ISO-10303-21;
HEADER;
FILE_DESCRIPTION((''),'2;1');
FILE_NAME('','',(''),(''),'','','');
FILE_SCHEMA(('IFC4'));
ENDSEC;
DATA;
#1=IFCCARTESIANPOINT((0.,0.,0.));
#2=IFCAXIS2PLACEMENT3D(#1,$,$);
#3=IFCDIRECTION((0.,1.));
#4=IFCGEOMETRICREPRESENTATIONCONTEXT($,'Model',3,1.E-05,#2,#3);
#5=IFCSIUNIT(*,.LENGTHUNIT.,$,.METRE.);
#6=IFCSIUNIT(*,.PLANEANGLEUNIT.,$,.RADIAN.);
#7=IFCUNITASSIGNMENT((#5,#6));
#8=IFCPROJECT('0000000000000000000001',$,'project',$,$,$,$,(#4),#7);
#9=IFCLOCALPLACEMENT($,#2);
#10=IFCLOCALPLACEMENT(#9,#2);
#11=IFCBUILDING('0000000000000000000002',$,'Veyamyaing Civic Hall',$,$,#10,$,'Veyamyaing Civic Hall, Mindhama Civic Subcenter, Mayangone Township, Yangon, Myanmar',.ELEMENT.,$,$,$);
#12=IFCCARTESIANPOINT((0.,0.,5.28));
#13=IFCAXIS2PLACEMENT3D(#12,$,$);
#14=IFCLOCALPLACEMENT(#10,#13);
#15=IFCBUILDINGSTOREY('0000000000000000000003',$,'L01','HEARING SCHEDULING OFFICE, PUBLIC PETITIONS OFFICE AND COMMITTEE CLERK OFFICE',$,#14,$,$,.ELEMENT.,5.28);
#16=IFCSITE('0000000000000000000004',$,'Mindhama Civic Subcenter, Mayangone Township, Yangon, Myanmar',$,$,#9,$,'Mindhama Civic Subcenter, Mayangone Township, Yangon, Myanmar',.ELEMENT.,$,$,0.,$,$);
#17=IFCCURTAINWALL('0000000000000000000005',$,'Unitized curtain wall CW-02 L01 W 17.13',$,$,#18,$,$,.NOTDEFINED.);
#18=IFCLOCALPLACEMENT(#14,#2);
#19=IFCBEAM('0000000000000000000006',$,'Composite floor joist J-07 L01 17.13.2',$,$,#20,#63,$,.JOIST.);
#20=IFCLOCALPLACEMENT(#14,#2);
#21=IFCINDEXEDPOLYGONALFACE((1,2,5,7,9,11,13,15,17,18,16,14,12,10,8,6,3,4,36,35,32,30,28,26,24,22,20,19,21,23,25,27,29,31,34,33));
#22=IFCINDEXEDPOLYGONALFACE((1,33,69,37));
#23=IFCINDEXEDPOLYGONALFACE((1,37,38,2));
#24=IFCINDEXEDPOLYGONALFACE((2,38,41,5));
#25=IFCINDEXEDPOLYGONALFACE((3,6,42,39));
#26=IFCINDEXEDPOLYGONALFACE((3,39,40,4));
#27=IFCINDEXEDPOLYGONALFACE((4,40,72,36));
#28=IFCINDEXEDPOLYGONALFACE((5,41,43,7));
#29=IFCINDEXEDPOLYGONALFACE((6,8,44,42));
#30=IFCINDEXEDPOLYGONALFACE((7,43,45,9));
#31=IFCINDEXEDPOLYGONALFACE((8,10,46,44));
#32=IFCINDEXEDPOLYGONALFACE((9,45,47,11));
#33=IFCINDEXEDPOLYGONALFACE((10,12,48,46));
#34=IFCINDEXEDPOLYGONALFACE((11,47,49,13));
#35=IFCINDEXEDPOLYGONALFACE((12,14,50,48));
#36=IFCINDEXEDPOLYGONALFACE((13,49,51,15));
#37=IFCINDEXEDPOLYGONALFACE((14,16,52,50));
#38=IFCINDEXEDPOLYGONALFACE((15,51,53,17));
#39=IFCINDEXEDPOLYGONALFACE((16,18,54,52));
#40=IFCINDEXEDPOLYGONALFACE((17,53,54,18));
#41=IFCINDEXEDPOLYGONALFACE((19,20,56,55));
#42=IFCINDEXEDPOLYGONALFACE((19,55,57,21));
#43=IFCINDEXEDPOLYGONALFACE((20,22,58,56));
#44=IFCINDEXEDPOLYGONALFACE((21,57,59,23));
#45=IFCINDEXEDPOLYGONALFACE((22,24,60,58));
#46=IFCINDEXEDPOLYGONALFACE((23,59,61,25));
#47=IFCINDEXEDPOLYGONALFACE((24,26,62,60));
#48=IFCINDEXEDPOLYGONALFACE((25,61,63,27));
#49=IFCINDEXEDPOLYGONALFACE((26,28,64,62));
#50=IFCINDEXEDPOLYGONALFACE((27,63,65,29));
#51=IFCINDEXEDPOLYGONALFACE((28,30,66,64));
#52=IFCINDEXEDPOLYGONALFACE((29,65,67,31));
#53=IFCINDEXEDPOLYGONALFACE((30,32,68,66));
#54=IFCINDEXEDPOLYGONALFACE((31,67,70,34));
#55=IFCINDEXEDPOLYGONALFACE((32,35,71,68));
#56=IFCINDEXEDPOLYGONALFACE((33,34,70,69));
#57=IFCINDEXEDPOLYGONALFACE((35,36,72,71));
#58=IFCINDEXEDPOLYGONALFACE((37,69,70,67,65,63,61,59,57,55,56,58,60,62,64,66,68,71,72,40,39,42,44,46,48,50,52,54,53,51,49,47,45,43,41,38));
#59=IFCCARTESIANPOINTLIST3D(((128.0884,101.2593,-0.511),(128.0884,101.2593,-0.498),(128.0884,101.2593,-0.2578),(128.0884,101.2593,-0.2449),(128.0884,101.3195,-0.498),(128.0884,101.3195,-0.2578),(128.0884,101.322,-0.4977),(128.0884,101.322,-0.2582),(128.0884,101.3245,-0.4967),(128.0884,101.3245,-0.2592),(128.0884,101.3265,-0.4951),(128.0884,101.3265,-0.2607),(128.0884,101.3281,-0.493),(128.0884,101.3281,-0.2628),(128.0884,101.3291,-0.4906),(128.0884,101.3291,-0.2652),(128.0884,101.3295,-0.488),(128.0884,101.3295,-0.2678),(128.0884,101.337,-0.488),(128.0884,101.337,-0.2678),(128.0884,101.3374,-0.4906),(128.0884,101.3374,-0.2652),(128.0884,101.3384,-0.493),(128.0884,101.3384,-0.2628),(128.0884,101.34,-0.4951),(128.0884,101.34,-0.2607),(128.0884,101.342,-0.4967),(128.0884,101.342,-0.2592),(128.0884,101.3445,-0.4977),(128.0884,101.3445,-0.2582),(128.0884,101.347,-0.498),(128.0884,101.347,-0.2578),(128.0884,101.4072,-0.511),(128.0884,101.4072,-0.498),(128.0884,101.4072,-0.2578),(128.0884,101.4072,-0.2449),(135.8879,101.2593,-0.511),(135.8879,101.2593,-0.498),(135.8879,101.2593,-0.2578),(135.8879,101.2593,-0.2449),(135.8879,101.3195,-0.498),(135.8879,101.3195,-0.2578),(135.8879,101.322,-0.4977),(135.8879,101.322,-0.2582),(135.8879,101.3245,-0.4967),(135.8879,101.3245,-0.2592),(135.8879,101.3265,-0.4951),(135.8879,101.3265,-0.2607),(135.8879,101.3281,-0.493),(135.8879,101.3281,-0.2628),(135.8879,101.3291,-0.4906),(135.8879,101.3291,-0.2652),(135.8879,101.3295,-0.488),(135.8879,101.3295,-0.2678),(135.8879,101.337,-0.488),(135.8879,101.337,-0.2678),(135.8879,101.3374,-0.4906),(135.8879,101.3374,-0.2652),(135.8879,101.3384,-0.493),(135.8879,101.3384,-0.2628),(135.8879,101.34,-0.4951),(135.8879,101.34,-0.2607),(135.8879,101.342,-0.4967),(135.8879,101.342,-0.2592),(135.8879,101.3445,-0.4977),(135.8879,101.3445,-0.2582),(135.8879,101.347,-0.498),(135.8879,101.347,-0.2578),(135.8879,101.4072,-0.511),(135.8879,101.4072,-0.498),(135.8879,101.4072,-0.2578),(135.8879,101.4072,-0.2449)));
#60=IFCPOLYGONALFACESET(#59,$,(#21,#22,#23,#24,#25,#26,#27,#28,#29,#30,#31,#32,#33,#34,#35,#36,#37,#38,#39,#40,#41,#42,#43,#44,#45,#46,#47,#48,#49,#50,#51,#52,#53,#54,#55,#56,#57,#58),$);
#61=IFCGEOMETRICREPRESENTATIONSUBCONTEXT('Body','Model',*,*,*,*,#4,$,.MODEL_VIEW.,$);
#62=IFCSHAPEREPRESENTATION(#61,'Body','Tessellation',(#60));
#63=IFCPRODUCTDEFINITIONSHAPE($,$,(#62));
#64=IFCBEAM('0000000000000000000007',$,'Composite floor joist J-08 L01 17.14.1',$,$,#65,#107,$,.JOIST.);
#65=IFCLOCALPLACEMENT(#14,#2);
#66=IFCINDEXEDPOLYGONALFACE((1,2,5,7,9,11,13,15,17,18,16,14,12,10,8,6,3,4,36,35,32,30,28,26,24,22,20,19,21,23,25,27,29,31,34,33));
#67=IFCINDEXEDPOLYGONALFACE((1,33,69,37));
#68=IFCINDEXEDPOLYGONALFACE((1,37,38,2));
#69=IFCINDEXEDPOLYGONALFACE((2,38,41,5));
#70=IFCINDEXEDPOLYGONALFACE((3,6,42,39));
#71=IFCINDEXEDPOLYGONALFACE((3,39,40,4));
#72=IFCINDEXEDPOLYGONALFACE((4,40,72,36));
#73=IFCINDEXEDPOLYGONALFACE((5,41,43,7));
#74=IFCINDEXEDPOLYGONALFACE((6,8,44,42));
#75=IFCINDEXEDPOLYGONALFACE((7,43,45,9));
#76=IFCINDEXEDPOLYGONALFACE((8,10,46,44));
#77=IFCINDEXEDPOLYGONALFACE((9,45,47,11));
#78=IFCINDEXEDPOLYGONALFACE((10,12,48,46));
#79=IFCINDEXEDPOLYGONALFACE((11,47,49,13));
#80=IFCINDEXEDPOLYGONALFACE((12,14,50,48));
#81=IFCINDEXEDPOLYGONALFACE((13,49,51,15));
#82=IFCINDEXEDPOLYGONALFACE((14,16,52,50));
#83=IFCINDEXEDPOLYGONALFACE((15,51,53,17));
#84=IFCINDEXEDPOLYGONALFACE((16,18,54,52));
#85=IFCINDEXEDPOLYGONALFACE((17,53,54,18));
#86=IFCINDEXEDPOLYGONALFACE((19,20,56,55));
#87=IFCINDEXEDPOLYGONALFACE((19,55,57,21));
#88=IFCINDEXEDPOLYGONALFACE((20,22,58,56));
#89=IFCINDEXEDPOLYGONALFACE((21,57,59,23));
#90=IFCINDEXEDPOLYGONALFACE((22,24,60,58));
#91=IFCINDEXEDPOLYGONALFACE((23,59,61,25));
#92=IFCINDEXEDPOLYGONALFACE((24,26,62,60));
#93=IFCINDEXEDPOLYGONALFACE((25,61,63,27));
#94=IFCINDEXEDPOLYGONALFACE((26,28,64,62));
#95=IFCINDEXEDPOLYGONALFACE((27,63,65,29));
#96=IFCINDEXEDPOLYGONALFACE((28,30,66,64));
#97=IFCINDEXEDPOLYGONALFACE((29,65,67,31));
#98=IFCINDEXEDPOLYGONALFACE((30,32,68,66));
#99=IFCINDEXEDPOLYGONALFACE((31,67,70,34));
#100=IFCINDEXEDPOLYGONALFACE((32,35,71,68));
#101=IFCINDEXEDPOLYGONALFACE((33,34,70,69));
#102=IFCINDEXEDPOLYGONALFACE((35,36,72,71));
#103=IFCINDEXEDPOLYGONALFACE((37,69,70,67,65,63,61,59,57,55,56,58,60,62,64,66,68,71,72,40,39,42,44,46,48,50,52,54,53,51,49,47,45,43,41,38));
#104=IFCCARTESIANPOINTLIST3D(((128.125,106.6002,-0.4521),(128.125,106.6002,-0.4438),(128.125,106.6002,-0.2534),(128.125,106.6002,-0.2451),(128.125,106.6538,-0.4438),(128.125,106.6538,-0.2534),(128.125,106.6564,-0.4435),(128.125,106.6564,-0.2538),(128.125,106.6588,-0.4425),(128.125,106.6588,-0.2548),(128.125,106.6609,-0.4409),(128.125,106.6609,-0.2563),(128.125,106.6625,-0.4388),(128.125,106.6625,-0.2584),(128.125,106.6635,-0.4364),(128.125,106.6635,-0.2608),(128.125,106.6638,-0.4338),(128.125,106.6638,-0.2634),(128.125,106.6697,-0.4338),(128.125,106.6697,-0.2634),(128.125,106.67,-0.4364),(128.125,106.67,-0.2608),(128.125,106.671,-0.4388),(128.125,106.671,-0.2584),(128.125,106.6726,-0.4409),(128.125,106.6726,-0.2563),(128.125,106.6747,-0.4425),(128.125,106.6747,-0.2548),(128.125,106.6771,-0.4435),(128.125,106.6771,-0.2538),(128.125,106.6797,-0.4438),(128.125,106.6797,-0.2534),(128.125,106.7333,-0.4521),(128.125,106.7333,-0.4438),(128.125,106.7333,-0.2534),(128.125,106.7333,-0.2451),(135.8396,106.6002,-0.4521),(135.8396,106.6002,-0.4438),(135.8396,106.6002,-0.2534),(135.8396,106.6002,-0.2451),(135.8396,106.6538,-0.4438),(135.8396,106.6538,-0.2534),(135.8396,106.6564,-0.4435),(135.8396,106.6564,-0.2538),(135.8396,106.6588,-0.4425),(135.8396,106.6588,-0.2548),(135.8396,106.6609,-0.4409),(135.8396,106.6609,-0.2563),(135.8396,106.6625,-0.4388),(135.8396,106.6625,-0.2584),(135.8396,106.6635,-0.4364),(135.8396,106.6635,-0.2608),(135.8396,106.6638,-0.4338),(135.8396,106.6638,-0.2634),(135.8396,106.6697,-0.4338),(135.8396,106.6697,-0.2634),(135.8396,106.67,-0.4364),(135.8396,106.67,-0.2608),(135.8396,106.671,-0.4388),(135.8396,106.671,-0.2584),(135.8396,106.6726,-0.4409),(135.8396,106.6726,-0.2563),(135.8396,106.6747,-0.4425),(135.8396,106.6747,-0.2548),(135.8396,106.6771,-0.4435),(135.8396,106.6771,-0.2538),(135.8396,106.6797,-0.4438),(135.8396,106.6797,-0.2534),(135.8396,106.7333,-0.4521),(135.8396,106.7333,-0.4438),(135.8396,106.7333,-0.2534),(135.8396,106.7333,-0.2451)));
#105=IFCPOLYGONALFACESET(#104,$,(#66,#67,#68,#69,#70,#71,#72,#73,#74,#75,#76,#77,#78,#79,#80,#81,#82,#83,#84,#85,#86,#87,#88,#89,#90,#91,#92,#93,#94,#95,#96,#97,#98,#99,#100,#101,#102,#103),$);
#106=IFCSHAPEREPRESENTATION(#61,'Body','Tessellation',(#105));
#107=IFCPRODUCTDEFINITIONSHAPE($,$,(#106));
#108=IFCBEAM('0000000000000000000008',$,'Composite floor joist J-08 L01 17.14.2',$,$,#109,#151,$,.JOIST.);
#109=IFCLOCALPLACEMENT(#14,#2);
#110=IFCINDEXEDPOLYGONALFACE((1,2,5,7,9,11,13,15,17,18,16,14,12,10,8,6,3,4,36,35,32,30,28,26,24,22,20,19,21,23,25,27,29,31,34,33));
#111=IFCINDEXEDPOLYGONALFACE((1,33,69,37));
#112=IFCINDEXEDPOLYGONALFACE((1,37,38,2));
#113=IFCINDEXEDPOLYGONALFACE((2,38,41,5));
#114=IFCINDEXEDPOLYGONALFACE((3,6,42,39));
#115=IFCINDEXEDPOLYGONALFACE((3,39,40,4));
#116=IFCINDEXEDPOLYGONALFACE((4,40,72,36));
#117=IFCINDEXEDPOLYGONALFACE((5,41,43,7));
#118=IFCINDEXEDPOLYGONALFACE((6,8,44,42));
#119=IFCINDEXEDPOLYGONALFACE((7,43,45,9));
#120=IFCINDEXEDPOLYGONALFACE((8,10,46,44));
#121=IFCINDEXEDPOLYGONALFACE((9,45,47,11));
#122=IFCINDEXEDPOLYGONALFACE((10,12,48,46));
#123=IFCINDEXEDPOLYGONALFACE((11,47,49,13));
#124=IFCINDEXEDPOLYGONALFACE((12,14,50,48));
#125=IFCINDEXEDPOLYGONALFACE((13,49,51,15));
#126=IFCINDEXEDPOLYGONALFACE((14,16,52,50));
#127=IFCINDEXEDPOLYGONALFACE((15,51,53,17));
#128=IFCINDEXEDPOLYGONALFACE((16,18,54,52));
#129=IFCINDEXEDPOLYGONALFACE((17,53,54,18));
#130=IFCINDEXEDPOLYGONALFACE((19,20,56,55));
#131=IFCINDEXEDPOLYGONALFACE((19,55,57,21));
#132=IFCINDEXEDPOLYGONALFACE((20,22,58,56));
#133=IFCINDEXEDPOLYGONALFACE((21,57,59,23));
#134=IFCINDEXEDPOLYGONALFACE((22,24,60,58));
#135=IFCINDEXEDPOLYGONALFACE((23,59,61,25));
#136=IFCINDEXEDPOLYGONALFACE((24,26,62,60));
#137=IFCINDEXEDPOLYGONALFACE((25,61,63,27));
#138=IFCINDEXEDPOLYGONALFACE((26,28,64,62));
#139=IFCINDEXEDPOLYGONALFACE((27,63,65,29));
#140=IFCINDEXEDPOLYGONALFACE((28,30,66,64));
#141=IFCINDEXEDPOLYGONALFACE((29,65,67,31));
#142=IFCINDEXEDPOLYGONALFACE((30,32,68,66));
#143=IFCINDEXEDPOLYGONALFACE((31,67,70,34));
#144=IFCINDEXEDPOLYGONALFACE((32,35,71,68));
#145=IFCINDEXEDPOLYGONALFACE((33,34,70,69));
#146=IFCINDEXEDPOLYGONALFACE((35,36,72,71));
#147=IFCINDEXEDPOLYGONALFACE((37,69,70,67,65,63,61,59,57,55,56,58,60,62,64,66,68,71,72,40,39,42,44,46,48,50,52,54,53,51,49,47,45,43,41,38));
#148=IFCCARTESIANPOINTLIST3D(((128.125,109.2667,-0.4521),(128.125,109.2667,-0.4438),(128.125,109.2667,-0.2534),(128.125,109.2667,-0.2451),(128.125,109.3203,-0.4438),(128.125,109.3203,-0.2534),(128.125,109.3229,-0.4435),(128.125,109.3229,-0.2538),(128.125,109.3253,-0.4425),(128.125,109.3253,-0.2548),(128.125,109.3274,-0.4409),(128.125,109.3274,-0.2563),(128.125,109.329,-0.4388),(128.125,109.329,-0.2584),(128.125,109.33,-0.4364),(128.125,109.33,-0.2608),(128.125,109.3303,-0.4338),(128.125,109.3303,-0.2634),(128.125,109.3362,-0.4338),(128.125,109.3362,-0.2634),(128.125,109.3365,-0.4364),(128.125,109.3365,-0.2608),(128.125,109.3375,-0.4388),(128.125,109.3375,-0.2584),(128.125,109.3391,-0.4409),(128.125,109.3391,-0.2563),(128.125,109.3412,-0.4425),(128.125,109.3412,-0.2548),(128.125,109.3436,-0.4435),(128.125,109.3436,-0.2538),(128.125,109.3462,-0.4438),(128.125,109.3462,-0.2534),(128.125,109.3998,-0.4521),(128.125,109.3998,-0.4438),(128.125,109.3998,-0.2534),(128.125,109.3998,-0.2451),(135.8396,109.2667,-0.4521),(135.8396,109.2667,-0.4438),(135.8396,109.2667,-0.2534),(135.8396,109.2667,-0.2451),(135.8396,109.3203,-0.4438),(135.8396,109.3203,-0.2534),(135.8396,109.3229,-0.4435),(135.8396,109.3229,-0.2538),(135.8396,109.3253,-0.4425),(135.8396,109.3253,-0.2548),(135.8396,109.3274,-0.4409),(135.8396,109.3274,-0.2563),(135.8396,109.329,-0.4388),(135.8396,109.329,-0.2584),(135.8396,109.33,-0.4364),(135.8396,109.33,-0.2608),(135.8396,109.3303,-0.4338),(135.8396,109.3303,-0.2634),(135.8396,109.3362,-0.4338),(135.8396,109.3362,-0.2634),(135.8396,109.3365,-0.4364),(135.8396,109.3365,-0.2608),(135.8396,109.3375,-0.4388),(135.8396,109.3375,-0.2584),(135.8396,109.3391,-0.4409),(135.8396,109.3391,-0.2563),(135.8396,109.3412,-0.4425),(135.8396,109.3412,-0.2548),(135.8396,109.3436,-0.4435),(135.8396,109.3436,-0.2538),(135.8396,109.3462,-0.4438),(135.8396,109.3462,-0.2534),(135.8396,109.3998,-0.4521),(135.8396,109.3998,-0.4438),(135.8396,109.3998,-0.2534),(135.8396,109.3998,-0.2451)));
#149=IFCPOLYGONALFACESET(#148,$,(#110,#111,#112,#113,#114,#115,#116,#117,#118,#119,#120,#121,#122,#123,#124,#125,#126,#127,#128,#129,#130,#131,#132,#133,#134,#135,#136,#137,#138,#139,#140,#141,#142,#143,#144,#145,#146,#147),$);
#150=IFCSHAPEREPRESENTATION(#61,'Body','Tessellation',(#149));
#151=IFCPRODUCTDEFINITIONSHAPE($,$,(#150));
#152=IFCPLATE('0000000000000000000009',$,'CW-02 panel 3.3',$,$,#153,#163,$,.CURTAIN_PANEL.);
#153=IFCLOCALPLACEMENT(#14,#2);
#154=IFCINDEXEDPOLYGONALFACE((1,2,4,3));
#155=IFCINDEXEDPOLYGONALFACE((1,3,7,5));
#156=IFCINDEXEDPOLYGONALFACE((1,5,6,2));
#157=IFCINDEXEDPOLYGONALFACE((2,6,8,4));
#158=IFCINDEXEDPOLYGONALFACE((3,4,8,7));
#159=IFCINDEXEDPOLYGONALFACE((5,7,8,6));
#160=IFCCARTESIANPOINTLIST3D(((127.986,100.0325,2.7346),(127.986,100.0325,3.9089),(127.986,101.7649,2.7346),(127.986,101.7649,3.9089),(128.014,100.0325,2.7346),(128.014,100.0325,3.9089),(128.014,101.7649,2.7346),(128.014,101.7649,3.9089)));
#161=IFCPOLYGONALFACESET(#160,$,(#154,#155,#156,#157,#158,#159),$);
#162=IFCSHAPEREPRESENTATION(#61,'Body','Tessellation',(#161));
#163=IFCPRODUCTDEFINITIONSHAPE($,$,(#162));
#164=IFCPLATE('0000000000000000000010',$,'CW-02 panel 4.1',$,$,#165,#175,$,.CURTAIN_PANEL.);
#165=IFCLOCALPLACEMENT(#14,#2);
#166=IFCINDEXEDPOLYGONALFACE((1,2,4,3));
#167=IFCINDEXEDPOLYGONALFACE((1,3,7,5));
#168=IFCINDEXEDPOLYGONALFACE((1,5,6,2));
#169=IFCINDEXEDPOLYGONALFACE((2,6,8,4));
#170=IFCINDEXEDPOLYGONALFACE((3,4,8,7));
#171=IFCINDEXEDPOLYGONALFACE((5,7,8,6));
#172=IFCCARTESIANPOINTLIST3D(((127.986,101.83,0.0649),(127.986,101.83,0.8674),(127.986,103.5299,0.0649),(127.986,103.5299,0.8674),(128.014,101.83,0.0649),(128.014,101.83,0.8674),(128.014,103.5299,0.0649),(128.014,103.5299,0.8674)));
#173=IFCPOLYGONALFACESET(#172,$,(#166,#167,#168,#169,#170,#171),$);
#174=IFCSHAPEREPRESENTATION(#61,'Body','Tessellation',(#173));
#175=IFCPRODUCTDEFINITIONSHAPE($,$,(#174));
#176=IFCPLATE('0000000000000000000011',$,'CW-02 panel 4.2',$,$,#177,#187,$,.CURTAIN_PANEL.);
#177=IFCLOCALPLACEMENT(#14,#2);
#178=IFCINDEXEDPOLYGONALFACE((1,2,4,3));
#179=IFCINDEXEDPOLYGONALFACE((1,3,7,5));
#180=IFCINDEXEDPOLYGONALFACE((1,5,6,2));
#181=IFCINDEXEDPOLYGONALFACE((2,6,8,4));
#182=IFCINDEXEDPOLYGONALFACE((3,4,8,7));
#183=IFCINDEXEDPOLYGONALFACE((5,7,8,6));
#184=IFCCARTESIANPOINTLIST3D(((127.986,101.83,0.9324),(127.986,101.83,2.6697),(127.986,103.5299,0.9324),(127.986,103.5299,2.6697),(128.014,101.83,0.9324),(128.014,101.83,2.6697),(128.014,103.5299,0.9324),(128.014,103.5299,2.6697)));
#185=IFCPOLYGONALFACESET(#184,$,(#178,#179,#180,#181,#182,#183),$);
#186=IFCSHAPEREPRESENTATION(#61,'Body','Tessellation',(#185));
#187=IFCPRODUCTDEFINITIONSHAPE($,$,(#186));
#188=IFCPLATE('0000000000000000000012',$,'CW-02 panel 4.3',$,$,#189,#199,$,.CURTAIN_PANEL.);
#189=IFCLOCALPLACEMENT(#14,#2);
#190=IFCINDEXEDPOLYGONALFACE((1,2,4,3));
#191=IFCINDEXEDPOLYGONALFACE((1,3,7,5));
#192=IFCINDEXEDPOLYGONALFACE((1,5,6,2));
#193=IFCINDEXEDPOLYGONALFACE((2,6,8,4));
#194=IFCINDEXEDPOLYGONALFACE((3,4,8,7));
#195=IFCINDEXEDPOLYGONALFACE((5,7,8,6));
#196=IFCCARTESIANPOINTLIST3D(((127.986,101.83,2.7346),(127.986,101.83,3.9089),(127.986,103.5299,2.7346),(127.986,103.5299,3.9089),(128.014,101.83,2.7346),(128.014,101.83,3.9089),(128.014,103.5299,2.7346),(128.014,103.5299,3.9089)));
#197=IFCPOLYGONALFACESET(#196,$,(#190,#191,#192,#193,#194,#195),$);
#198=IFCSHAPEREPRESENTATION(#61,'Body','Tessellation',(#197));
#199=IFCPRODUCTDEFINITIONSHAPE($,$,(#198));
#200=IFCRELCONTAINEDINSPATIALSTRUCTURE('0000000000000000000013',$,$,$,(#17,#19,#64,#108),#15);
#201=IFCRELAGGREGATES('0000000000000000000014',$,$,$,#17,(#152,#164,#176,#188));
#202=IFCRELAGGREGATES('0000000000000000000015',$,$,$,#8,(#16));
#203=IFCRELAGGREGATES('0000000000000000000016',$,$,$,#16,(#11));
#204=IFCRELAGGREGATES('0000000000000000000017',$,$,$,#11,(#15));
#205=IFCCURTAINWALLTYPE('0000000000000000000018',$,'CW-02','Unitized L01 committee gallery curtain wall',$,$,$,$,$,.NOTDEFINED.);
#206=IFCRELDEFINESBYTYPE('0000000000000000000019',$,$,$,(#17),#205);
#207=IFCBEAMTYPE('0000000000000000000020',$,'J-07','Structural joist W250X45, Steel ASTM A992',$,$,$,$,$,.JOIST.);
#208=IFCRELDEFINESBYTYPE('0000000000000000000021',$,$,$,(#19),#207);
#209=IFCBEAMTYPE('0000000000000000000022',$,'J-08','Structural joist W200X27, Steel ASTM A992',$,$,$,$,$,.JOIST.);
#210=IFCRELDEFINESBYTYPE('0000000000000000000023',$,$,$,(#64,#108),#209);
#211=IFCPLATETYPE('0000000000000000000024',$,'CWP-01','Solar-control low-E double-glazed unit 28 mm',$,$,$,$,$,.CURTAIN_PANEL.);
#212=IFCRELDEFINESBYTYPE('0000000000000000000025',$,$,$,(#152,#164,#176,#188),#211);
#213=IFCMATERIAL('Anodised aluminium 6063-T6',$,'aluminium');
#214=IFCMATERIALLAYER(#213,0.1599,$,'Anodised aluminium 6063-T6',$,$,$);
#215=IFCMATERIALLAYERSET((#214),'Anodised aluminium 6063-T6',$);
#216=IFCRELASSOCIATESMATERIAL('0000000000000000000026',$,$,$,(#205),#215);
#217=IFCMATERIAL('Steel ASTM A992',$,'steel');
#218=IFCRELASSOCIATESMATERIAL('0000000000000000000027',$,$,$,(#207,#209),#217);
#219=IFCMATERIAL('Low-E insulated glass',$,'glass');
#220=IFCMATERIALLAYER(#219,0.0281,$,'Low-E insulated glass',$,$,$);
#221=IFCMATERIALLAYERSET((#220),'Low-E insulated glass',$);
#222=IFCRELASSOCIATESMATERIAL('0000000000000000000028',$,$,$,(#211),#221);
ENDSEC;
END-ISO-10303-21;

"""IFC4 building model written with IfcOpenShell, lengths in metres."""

from ifc_helpers import new_model, si_unit, direction, frame, origin, origin_2d, place, context, subcontext, project, spatial, rectangle, i_section, extrude, material, layer, layer_set, material_profile, profile_set, type_object, element, aggregate, save


model = new_model("IFC4")

# Units and contexts
model_context = context("Model", 3, precision=1e-05, world=origin(), true_north=direction((0.0, 1.0)))
body_context = subcontext(model_context, "Body", "Model", "MODEL_VIEW")
ifc_project = project(units=[si_unit("LENGTHUNIT", "METRE"), si_unit("PLANEANGLEUNIT", "RADIAN")], contexts=[model_context])

# Site, building, storey
site_placement = place(None, origin())
site = spatial("IfcSite", under=ifc_project, at=site_placement, Name="Mindhama Civic Subcenter, Mayangone Township, Yangon, Myanmar", LongName="Mindhama Civic Subcenter, Mayangone Township, Yangon, Myanmar", CompositionType="ELEMENT", RefElevation=0.0)
building_placement = place(site_placement, origin())
building = spatial("IfcBuilding", under=site, at=building_placement, Name="Veyamyaing Civic Hall", LongName="Veyamyaing Civic Hall, Mindhama Civic Subcenter, Mayangone Township, Yangon, Myanmar", CompositionType="ELEMENT")
storey_placement = place(building_placement, frame((0.0, 0.0, 5.28)))
storey = spatial("IfcBuildingStorey", under=building, at=storey_placement, Name="L01", Description="HEARING SCHEDULING OFFICE, PUBLIC PETITIONS OFFICE AND COMMITTEE CLERK OFFICE", CompositionType="ELEMENT", Elevation=5.28)

# Shared definitions
ifc_material_1 = material(Name="Steel ASTM A992", Category="steel")

# Curtain wall
ifc_material_2 = material(Name="Anodised aluminium 6063-T6", Category="aluminium")
ifc_layer_1 = layer(ifc_material_2, 0.1599, Name="Anodised aluminium 6063-T6")
ifc_layer_set_1 = layer_set([ifc_layer_1], Name="Anodised aluminium 6063-T6")
curtain_wall_type = type_object("IfcCurtainWallType", Name="CW-02", Description="Unitized L01 committee gallery curtain wall", PredefinedType="NOTDEFINED", material=ifc_layer_set_1)
curtain_wall_placement = place(storey_placement, origin())
curtain_wall = element("IfcCurtainWall", 1, at=curtain_wall_placement, inside=storey, type_object=curtain_wall_type, Name="Unitized curtain wall CW-02 L01 W 17.13", PredefinedType="NOTDEFINED")

# Beams
ifc_material_profile_1 = material_profile(ifc_material_1, i_section(OverallWidth=0.1479, OverallDepth=0.2661, WebThickness=0.0076, FlangeThickness=0.0129, FilletRadius=0.01, at=origin_2d()), Name="W250X45")
ifc_profile_set_1 = profile_set([ifc_material_profile_1], Name="Steel ASTM A992")
beam_type_1 = type_object("IfcBeamType", Name="J-07", Description="Structural joist W250X45, Steel ASTM A992", PredefinedType="JOIST", material=ifc_profile_set_1)
beam_1_placement = place(storey_placement, frame((128.0884, 101.3333, -0.3779), z_axis=(1.0, 0.0, 0.0), x_axis=(0.0, 1.0, 0.0)))
element("IfcBeam", 2, at=beam_1_placement, inside=storey, type_object=beam_type_1, Name="Composite floor joist J-07 L01 17.13.2", PredefinedType="JOIST", context=body_context, shape_type="SweptSolid", body=[
    extrude(i_section(OverallWidth=0.1479, OverallDepth=0.2661, WebThickness=0.0076, FlangeThickness=0.0129, FilletRadius=0.01, at=origin_2d()), origin(), (0.0, 0.0, 1.0), 7.7996),
])
ifc_material_profile_2 = material_profile(ifc_material_1, i_section(OverallWidth=0.1331, OverallDepth=0.207, WebThickness=0.0059, FlangeThickness=0.0083, FilletRadius=0.01, at=origin_2d()), Name="W200X27")
ifc_profile_set_2 = profile_set([ifc_material_profile_2], Name="Steel ASTM A992")
beam_type_2 = type_object("IfcBeamType", Name="J-08", Description="Structural joist W200X27, Steel ASTM A992", PredefinedType="JOIST", material=ifc_profile_set_2)
for number, where, z_axis, x_axis, name in (
    (3, (128.125, 106.6667, -0.3486), (1.0, 0.0, 0.0), (0.0, 1.0, 0.0), "Composite floor joist J-08 L01 17.14.1"),
    (4, (128.125, 109.3333, -0.3486), (1.0, 0.0, 0.0), (0.0, 1.0, 0.0), "Composite floor joist J-08 L01 17.14.2"),
):
    element("IfcBeam", number, at=place(storey_placement, frame(where, z_axis=z_axis, x_axis=x_axis)), inside=storey, type_object=beam_type_2, Name=name, PredefinedType="JOIST", context=body_context, shape_type="SweptSolid", body=[
        extrude(i_section(OverallWidth=0.1331, OverallDepth=0.207, WebThickness=0.0059, FlangeThickness=0.0083, FilletRadius=0.01, at=origin_2d()), origin(), (0.0, 0.0, 1.0), 7.7146),
    ])

# Plates
ifc_material_3 = material(Name="Low-E insulated glass", Category="glass")
ifc_layer_2 = layer(ifc_material_3, 0.0281, Name="Low-E insulated glass")
ifc_layer_set_2 = layer_set([ifc_layer_2], Name="Low-E insulated glass")
plate_type = type_object("IfcPlateType", Name="CWP-01", Description="Solar-control low-E double-glazed unit 28 mm", PredefinedType="CURTAIN_PANEL", material=ifc_layer_set_2)
plate_1_placement = place(storey_placement, frame((128.0, 100.8987, 2.7346), z_axis=(0.0, 0.0, 1.0), x_axis=(0.0, 1.0, 0.0)))
plate_1 = element("IfcPlate", 5, at=plate_1_placement, type_object=plate_type, Name="CW-02 panel 3.3", PredefinedType="CURTAIN_PANEL", context=body_context, shape_type="SweptSolid", body=[
    extrude(rectangle(XDim=1.7324, YDim=0.0281, at=origin_2d()), origin(), (0.0, 0.0, 1.0), 1.1743),
])
plate_2_placement = place(storey_placement, frame((128.0, 102.6799, 0.0649), z_axis=(0.0, 0.0, 1.0), x_axis=(0.0, 1.0, 0.0)))
plate_2 = element("IfcPlate", 6, at=plate_2_placement, type_object=plate_type, Name="CW-02 panel 4.1", PredefinedType="CURTAIN_PANEL", context=body_context, shape_type="SweptSolid", body=[
    extrude(rectangle(XDim=1.7, YDim=0.0281, at=origin_2d()), origin(), (0.0, 0.0, 1.0), 0.8025),
])
plate_3_placement = place(storey_placement, frame((128.0, 102.6799, 0.9324), z_axis=(0.0, 0.0, 1.0), x_axis=(0.0, 1.0, 0.0)))
plate_3 = element("IfcPlate", 7, at=plate_3_placement, type_object=plate_type, Name="CW-02 panel 4.2", PredefinedType="CURTAIN_PANEL", context=body_context, shape_type="SweptSolid", body=[
    extrude(rectangle(XDim=1.7, YDim=0.0281, at=origin_2d()), origin(), (0.0, 0.0, 1.0), 1.7373),
])
plate_4_placement = place(storey_placement, frame((128.0, 102.6799, 2.7346), z_axis=(0.0, 0.0, 1.0), x_axis=(0.0, 1.0, 0.0)))
plate_4 = element("IfcPlate", 8, at=plate_4_placement, type_object=plate_type, Name="CW-02 panel 4.3", PredefinedType="CURTAIN_PANEL", context=body_context, shape_type="SweptSolid", body=[
    extrude(rectangle(XDim=1.7, YDim=0.0281, at=origin_2d()), origin(), (0.0, 0.0, 1.0), 1.1743),
])
aggregate(curtain_wall, [plate_1, plate_2, plate_3, plate_4])

save(model, "model.ifc")
